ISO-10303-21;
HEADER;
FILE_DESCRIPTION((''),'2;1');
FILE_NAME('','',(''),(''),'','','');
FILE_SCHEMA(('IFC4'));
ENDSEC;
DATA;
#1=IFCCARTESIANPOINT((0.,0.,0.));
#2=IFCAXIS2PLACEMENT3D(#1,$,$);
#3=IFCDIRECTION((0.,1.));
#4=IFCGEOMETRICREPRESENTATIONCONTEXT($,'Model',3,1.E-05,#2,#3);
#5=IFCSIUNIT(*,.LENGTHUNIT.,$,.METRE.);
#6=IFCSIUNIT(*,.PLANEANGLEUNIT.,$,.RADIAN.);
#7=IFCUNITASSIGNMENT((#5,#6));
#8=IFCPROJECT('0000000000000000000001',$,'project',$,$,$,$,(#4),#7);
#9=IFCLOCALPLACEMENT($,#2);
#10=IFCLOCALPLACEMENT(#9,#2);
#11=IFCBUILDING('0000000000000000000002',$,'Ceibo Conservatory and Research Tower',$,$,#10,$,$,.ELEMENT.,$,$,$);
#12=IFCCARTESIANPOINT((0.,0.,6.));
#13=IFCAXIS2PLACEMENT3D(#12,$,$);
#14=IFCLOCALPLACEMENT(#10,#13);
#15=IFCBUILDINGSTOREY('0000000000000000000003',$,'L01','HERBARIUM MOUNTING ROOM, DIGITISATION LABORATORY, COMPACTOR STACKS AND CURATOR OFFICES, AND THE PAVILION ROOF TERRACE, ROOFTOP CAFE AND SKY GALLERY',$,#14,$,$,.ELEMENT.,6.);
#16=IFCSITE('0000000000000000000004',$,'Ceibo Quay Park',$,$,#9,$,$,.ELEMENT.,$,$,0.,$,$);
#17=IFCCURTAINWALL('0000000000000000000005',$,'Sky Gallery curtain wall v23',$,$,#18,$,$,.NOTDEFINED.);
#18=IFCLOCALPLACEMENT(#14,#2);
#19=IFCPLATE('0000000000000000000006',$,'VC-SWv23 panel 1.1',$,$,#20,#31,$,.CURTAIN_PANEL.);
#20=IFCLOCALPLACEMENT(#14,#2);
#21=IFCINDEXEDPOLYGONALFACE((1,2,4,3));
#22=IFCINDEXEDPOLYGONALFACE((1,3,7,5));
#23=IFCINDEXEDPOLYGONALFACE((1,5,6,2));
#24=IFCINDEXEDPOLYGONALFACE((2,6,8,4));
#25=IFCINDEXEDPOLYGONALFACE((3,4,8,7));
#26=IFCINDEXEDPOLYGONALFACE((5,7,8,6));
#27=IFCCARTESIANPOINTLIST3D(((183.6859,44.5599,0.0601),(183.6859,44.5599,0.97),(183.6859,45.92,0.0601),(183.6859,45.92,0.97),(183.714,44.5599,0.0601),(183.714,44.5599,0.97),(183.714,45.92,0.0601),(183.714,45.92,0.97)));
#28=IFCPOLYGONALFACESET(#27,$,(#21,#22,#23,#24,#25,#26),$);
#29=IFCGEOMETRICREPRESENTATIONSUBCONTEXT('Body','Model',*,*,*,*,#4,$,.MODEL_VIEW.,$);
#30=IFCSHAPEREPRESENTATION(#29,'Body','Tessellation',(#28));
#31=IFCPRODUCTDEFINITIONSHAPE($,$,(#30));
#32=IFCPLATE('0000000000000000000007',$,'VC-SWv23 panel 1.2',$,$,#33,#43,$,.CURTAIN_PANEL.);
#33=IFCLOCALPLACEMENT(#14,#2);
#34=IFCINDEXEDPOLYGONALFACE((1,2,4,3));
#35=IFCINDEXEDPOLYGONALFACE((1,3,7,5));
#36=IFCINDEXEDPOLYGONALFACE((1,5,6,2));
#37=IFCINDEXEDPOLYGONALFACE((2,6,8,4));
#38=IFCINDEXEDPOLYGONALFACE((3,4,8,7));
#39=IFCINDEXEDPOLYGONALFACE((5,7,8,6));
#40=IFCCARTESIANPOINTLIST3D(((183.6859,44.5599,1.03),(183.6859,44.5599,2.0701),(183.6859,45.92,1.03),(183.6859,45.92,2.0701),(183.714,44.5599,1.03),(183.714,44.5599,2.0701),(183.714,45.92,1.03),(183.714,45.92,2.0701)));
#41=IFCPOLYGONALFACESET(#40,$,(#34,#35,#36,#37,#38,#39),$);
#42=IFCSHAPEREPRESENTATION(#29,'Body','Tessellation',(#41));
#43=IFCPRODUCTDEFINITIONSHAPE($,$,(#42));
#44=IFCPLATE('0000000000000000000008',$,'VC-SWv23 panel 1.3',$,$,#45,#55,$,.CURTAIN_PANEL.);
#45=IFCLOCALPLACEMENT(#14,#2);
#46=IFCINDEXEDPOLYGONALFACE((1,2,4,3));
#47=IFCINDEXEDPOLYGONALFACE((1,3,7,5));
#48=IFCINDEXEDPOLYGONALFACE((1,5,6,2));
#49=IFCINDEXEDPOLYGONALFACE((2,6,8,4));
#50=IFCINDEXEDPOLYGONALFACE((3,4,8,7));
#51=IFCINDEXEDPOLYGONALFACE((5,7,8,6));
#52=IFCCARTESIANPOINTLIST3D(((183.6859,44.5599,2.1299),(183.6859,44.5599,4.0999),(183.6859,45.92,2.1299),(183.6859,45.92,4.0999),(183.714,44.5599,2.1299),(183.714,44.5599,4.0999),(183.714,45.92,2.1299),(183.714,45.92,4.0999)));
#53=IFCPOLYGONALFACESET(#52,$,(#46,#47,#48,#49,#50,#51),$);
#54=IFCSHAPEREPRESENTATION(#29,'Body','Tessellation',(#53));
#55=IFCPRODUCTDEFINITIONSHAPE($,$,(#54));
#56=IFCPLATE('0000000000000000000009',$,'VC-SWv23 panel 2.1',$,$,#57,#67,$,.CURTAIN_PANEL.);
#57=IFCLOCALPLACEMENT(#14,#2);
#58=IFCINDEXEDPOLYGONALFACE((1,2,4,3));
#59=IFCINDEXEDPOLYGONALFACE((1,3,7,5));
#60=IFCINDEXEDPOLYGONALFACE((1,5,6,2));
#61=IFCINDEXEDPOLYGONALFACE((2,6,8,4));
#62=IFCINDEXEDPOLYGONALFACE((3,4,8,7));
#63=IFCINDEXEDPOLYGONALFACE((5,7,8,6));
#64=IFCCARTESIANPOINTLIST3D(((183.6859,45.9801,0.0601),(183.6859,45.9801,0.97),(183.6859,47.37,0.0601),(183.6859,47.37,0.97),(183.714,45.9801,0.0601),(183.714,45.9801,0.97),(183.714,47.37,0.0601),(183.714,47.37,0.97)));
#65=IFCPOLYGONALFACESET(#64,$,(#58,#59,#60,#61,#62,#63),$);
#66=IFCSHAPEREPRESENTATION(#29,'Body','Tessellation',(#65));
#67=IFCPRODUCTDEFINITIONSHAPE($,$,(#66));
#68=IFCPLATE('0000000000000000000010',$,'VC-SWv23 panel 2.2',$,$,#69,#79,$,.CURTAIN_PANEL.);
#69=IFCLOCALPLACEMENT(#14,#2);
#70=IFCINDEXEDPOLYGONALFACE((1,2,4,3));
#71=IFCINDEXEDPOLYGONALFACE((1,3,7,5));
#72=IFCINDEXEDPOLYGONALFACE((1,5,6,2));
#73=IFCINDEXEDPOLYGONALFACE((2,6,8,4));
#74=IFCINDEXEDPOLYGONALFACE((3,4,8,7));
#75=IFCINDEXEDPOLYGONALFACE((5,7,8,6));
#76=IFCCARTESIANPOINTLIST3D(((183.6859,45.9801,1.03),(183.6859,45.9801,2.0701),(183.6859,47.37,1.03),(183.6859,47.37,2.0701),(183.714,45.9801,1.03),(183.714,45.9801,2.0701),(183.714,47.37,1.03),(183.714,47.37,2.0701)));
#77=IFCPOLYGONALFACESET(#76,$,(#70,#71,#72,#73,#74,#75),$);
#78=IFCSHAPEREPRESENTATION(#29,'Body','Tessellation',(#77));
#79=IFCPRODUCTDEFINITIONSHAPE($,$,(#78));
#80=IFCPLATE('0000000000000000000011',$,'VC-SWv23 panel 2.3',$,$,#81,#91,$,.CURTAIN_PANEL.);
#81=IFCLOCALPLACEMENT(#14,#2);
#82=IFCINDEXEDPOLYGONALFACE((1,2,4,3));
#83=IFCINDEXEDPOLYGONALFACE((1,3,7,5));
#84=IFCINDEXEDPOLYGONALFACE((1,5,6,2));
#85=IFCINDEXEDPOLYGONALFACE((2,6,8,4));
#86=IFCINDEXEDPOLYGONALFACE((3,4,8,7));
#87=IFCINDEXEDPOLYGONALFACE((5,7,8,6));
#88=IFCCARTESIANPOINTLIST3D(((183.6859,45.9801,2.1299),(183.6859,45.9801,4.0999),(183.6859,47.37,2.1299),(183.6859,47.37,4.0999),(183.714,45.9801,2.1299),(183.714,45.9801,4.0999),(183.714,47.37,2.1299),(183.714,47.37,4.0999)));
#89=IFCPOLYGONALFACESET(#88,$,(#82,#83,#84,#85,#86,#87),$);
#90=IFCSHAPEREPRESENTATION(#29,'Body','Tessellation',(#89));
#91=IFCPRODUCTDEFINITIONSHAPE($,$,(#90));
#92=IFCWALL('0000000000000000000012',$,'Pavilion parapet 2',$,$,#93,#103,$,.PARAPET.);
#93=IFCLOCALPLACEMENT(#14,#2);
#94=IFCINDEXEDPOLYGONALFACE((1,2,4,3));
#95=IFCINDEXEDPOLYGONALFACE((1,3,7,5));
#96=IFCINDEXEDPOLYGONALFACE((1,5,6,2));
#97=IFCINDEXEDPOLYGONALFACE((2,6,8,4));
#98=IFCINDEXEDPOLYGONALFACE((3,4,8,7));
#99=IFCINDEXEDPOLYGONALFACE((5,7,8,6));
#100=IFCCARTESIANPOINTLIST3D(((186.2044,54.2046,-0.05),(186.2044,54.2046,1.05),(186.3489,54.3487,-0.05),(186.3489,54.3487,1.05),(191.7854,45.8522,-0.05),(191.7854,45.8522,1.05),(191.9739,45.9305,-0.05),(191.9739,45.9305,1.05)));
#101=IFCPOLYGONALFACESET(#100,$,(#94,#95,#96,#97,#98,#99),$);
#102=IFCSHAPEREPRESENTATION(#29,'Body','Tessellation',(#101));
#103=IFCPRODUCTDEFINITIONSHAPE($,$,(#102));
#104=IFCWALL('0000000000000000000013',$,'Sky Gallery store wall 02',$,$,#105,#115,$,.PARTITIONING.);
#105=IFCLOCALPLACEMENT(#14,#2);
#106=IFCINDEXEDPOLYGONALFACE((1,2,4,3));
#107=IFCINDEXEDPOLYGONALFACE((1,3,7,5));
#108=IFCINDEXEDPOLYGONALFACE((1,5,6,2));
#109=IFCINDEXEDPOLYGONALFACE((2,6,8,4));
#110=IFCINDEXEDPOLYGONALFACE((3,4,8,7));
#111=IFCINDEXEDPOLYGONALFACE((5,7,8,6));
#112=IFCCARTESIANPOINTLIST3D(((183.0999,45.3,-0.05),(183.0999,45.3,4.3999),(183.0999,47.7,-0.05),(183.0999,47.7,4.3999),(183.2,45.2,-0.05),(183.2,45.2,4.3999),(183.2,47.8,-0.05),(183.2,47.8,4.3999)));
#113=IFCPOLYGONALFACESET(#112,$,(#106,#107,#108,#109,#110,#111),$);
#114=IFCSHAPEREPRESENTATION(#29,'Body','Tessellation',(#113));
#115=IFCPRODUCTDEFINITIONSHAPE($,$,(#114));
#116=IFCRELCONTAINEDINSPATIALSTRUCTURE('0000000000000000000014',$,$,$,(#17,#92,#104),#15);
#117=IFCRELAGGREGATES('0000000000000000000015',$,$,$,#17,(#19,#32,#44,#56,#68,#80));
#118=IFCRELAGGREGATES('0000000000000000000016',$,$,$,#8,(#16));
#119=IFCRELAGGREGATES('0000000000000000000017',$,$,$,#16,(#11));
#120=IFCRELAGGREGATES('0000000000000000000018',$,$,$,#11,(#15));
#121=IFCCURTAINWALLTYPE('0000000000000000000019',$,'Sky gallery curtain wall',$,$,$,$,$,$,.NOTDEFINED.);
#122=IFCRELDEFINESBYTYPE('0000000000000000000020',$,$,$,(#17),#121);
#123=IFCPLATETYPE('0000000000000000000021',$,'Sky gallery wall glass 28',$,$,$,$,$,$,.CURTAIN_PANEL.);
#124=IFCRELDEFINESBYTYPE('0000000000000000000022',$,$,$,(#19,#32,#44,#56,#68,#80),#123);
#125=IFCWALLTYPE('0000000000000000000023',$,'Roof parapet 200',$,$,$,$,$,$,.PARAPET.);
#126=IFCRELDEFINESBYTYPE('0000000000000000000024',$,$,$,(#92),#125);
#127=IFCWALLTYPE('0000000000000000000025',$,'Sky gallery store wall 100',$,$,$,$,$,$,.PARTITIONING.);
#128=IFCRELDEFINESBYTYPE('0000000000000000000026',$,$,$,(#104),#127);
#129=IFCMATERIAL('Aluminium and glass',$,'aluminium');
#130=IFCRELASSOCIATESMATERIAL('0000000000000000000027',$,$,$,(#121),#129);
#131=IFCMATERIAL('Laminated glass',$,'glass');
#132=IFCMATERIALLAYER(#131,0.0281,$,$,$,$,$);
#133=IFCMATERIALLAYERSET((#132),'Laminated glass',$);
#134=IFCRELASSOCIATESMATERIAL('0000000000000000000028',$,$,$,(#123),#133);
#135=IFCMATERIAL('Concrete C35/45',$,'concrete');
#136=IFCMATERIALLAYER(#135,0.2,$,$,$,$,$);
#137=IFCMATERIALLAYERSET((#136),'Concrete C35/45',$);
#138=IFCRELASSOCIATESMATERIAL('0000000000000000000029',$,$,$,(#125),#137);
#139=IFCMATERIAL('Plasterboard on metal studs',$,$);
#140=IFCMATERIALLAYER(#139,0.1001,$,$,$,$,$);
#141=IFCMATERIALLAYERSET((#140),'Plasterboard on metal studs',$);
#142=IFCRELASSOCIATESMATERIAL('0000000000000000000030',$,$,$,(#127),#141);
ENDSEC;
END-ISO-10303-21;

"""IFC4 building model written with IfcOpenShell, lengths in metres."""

from ifc_helpers import new_model, si_unit, direction, frame, origin, origin_2d, place, context, subcontext, project, spatial, polyline, rectangle, outline, extrude, material, layer, layer_set, type_object, element, aggregate, save


model = new_model("IFC4")

# Units and contexts
model_context = context("Model", 3, precision=1e-05, world=origin(), true_north=direction((0.0, 1.0)))
body_context = subcontext(model_context, "Body", "Model", "MODEL_VIEW")
ifc_project = project(units=[si_unit("LENGTHUNIT", "METRE"), si_unit("PLANEANGLEUNIT", "RADIAN")], contexts=[model_context])

# Site, building, storey
site_placement = place(None, origin())
site = spatial("IfcSite", under=ifc_project, at=site_placement, Name="Ceibo Quay Park", CompositionType="ELEMENT", RefElevation=0.0)
building_placement = place(site_placement, origin())
building = spatial("IfcBuilding", under=site, at=building_placement, Name="Ceibo Conservatory and Research Tower", CompositionType="ELEMENT")
storey_placement = place(building_placement, frame((0.0, 0.0, 6.0)))
storey = spatial("IfcBuildingStorey", under=building, at=storey_placement, Name="L01", Description="HERBARIUM MOUNTING ROOM, DIGITISATION LABORATORY, COMPACTOR STACKS AND CURATOR OFFICES, AND THE PAVILION ROOF TERRACE, ROOFTOP CAFE AND SKY GALLERY", CompositionType="ELEMENT", Elevation=6.0)

# Curtain wall, plates
ifc_material_1 = material(Name="Aluminium and glass", Category="aluminium")
curtain_wall_type = type_object("IfcCurtainWallType", Name="Sky gallery curtain wall", PredefinedType="NOTDEFINED", material=ifc_material_1)
curtain_wall_placement = place(storey_placement, origin())
curtain_wall = element("IfcCurtainWall", 1, at=curtain_wall_placement, inside=storey, type_object=curtain_wall_type, Name="Sky Gallery curtain wall v23", PredefinedType="NOTDEFINED")
ifc_material_2 = material(Name="Laminated glass", Category="glass")
ifc_layer_1 = layer(ifc_material_2, 0.0281)
ifc_layer_set_1 = layer_set([ifc_layer_1], Name="Laminated glass")
plate_type = type_object("IfcPlateType", Name="Sky gallery wall glass 28", PredefinedType="CURTAIN_PANEL", material=ifc_layer_set_1)
plate_1_placement = place(storey_placement, frame((183.7, 45.24, 0.0601), z_axis=(0.0, 0.0, 1.0), x_axis=(0.0, 1.0, 0.0)))
plate_1 = element("IfcPlate", 2, at=plate_1_placement, type_object=plate_type, Name="VC-SWv23 panel 1.1", PredefinedType="CURTAIN_PANEL", context=body_context, shape_type="SweptSolid", body=[
    extrude(rectangle(XDim=1.3601, YDim=0.0281, at=origin_2d()), origin(), (0.0, 0.0, 1.0), 0.9099),
])
plate_2_placement = place(storey_placement, frame((183.7, 45.24, 1.03), z_axis=(0.0, 0.0, 1.0), x_axis=(0.0, 1.0, 0.0)))
plate_2 = element("IfcPlate", 3, at=plate_2_placement, type_object=plate_type, Name="VC-SWv23 panel 1.2", PredefinedType="CURTAIN_PANEL", context=body_context, shape_type="SweptSolid", body=[
    extrude(rectangle(XDim=1.3601, YDim=0.0281, at=origin_2d()), origin(), (0.0, 0.0, 1.0), 1.04),
])
plate_3_placement = place(storey_placement, frame((183.7, 45.24, 2.1299), z_axis=(0.0, 0.0, 1.0), x_axis=(0.0, 1.0, 0.0)))
plate_3 = element("IfcPlate", 4, at=plate_3_placement, type_object=plate_type, Name="VC-SWv23 panel 1.3", PredefinedType="CURTAIN_PANEL", context=body_context, shape_type="SweptSolid", body=[
    extrude(rectangle(XDim=1.3601, YDim=0.0281, at=origin_2d()), origin(), (0.0, 0.0, 1.0), 1.97),
])
plate_4_placement = place(storey_placement, frame((183.7, 46.675, 0.0601), z_axis=(0.0, 0.0, 1.0), x_axis=(0.0, 1.0, 0.0)))
plate_4 = element("IfcPlate", 5, at=plate_4_placement, type_object=plate_type, Name="VC-SWv23 panel 2.1", PredefinedType="CURTAIN_PANEL", context=body_context, shape_type="SweptSolid", body=[
    extrude(rectangle(XDim=1.3899, YDim=0.0281, at=origin_2d()), origin(), (0.0, 0.0, 1.0), 0.9099),
])
plate_5_placement = place(storey_placement, frame((183.7, 46.675, 1.03), z_axis=(0.0, 0.0, 1.0), x_axis=(0.0, 1.0, 0.0)))
plate_5 = element("IfcPlate", 6, at=plate_5_placement, type_object=plate_type, Name="VC-SWv23 panel 2.2", PredefinedType="CURTAIN_PANEL", context=body_context, shape_type="SweptSolid", body=[
    extrude(rectangle(XDim=1.3899, YDim=0.0281, at=origin_2d()), origin(), (0.0, 0.0, 1.0), 1.04),
])
plate_6_placement = place(storey_placement, frame((183.7, 46.675, 2.1299), z_axis=(0.0, 0.0, 1.0), x_axis=(0.0, 1.0, 0.0)))
plate_6 = element("IfcPlate", 7, at=plate_6_placement, type_object=plate_type, Name="VC-SWv23 panel 2.3", PredefinedType="CURTAIN_PANEL", context=body_context, shape_type="SweptSolid", body=[
    extrude(rectangle(XDim=1.3899, YDim=0.0281, at=origin_2d()), origin(), (0.0, 0.0, 1.0), 1.97),
])
aggregate(curtain_wall, [plate_1, plate_2, plate_3, plate_4, plate_5, plate_6])

# Walls
ifc_material_3 = material(Name="Concrete C35/45", Category="concrete")
ifc_layer_2 = layer(ifc_material_3, 0.2)
ifc_layer_set_2 = layer_set([ifc_layer_2], Name="Concrete C35/45")
wall_type_1 = type_object("IfcWallType", Name="Roof parapet 200", PredefinedType="PARAPET", material=ifc_layer_set_2)
wall_1_placement = place(storey_placement, frame((191.8796, 45.8914, -0.05), z_axis=(0.0, 0.0, 1.0), x_axis=(-0.555583, 0.831461, 0.0)))
element("IfcWall", 8, at=wall_1_placement, inside=storey, type_object=wall_type_1, Name="Pavilion parapet 2", PredefinedType="PARAPET", context=body_context, shape_type="SweptSolid", body=[
    extrude(outline(polyline([(-0.0198, -0.1001), (10.1047, -0.1001), (10.0652, 0.1001), (0.0198, 0.1001), (-0.0198, -0.1001)])), origin(), (0.0, 0.0, 1.0), 1.1001),
])
ifc_material_4 = material(Name="Plasterboard on metal studs")
ifc_layer_3 = layer(ifc_material_4, 0.1001)
ifc_layer_set_3 = layer_set([ifc_layer_3], Name="Plasterboard on metal studs")
wall_type_2 = type_object("IfcWallType", Name="Sky gallery store wall 100", PredefinedType="PARTITIONING", material=ifc_layer_set_3)
wall_2_placement = place(storey_placement, frame((183.1499, 45.25, -0.05), z_axis=(0.0, 0.0, 1.0), x_axis=(0.0, 1.0, 0.0)))
element("IfcWall", 9, at=wall_2_placement, inside=storey, type_object=wall_type_2, Name="Sky Gallery store wall 02", PredefinedType="PARTITIONING", context=body_context, shape_type="SweptSolid", body=[
    extrude(outline(polyline([(-0.05, -0.05), (2.55, -0.05), (2.45, 0.05), (0.05, 0.05), (-0.05, -0.05)])), origin(), (0.0, 0.0, 1.0), 4.45),
])

save(model, "model.ifc")
